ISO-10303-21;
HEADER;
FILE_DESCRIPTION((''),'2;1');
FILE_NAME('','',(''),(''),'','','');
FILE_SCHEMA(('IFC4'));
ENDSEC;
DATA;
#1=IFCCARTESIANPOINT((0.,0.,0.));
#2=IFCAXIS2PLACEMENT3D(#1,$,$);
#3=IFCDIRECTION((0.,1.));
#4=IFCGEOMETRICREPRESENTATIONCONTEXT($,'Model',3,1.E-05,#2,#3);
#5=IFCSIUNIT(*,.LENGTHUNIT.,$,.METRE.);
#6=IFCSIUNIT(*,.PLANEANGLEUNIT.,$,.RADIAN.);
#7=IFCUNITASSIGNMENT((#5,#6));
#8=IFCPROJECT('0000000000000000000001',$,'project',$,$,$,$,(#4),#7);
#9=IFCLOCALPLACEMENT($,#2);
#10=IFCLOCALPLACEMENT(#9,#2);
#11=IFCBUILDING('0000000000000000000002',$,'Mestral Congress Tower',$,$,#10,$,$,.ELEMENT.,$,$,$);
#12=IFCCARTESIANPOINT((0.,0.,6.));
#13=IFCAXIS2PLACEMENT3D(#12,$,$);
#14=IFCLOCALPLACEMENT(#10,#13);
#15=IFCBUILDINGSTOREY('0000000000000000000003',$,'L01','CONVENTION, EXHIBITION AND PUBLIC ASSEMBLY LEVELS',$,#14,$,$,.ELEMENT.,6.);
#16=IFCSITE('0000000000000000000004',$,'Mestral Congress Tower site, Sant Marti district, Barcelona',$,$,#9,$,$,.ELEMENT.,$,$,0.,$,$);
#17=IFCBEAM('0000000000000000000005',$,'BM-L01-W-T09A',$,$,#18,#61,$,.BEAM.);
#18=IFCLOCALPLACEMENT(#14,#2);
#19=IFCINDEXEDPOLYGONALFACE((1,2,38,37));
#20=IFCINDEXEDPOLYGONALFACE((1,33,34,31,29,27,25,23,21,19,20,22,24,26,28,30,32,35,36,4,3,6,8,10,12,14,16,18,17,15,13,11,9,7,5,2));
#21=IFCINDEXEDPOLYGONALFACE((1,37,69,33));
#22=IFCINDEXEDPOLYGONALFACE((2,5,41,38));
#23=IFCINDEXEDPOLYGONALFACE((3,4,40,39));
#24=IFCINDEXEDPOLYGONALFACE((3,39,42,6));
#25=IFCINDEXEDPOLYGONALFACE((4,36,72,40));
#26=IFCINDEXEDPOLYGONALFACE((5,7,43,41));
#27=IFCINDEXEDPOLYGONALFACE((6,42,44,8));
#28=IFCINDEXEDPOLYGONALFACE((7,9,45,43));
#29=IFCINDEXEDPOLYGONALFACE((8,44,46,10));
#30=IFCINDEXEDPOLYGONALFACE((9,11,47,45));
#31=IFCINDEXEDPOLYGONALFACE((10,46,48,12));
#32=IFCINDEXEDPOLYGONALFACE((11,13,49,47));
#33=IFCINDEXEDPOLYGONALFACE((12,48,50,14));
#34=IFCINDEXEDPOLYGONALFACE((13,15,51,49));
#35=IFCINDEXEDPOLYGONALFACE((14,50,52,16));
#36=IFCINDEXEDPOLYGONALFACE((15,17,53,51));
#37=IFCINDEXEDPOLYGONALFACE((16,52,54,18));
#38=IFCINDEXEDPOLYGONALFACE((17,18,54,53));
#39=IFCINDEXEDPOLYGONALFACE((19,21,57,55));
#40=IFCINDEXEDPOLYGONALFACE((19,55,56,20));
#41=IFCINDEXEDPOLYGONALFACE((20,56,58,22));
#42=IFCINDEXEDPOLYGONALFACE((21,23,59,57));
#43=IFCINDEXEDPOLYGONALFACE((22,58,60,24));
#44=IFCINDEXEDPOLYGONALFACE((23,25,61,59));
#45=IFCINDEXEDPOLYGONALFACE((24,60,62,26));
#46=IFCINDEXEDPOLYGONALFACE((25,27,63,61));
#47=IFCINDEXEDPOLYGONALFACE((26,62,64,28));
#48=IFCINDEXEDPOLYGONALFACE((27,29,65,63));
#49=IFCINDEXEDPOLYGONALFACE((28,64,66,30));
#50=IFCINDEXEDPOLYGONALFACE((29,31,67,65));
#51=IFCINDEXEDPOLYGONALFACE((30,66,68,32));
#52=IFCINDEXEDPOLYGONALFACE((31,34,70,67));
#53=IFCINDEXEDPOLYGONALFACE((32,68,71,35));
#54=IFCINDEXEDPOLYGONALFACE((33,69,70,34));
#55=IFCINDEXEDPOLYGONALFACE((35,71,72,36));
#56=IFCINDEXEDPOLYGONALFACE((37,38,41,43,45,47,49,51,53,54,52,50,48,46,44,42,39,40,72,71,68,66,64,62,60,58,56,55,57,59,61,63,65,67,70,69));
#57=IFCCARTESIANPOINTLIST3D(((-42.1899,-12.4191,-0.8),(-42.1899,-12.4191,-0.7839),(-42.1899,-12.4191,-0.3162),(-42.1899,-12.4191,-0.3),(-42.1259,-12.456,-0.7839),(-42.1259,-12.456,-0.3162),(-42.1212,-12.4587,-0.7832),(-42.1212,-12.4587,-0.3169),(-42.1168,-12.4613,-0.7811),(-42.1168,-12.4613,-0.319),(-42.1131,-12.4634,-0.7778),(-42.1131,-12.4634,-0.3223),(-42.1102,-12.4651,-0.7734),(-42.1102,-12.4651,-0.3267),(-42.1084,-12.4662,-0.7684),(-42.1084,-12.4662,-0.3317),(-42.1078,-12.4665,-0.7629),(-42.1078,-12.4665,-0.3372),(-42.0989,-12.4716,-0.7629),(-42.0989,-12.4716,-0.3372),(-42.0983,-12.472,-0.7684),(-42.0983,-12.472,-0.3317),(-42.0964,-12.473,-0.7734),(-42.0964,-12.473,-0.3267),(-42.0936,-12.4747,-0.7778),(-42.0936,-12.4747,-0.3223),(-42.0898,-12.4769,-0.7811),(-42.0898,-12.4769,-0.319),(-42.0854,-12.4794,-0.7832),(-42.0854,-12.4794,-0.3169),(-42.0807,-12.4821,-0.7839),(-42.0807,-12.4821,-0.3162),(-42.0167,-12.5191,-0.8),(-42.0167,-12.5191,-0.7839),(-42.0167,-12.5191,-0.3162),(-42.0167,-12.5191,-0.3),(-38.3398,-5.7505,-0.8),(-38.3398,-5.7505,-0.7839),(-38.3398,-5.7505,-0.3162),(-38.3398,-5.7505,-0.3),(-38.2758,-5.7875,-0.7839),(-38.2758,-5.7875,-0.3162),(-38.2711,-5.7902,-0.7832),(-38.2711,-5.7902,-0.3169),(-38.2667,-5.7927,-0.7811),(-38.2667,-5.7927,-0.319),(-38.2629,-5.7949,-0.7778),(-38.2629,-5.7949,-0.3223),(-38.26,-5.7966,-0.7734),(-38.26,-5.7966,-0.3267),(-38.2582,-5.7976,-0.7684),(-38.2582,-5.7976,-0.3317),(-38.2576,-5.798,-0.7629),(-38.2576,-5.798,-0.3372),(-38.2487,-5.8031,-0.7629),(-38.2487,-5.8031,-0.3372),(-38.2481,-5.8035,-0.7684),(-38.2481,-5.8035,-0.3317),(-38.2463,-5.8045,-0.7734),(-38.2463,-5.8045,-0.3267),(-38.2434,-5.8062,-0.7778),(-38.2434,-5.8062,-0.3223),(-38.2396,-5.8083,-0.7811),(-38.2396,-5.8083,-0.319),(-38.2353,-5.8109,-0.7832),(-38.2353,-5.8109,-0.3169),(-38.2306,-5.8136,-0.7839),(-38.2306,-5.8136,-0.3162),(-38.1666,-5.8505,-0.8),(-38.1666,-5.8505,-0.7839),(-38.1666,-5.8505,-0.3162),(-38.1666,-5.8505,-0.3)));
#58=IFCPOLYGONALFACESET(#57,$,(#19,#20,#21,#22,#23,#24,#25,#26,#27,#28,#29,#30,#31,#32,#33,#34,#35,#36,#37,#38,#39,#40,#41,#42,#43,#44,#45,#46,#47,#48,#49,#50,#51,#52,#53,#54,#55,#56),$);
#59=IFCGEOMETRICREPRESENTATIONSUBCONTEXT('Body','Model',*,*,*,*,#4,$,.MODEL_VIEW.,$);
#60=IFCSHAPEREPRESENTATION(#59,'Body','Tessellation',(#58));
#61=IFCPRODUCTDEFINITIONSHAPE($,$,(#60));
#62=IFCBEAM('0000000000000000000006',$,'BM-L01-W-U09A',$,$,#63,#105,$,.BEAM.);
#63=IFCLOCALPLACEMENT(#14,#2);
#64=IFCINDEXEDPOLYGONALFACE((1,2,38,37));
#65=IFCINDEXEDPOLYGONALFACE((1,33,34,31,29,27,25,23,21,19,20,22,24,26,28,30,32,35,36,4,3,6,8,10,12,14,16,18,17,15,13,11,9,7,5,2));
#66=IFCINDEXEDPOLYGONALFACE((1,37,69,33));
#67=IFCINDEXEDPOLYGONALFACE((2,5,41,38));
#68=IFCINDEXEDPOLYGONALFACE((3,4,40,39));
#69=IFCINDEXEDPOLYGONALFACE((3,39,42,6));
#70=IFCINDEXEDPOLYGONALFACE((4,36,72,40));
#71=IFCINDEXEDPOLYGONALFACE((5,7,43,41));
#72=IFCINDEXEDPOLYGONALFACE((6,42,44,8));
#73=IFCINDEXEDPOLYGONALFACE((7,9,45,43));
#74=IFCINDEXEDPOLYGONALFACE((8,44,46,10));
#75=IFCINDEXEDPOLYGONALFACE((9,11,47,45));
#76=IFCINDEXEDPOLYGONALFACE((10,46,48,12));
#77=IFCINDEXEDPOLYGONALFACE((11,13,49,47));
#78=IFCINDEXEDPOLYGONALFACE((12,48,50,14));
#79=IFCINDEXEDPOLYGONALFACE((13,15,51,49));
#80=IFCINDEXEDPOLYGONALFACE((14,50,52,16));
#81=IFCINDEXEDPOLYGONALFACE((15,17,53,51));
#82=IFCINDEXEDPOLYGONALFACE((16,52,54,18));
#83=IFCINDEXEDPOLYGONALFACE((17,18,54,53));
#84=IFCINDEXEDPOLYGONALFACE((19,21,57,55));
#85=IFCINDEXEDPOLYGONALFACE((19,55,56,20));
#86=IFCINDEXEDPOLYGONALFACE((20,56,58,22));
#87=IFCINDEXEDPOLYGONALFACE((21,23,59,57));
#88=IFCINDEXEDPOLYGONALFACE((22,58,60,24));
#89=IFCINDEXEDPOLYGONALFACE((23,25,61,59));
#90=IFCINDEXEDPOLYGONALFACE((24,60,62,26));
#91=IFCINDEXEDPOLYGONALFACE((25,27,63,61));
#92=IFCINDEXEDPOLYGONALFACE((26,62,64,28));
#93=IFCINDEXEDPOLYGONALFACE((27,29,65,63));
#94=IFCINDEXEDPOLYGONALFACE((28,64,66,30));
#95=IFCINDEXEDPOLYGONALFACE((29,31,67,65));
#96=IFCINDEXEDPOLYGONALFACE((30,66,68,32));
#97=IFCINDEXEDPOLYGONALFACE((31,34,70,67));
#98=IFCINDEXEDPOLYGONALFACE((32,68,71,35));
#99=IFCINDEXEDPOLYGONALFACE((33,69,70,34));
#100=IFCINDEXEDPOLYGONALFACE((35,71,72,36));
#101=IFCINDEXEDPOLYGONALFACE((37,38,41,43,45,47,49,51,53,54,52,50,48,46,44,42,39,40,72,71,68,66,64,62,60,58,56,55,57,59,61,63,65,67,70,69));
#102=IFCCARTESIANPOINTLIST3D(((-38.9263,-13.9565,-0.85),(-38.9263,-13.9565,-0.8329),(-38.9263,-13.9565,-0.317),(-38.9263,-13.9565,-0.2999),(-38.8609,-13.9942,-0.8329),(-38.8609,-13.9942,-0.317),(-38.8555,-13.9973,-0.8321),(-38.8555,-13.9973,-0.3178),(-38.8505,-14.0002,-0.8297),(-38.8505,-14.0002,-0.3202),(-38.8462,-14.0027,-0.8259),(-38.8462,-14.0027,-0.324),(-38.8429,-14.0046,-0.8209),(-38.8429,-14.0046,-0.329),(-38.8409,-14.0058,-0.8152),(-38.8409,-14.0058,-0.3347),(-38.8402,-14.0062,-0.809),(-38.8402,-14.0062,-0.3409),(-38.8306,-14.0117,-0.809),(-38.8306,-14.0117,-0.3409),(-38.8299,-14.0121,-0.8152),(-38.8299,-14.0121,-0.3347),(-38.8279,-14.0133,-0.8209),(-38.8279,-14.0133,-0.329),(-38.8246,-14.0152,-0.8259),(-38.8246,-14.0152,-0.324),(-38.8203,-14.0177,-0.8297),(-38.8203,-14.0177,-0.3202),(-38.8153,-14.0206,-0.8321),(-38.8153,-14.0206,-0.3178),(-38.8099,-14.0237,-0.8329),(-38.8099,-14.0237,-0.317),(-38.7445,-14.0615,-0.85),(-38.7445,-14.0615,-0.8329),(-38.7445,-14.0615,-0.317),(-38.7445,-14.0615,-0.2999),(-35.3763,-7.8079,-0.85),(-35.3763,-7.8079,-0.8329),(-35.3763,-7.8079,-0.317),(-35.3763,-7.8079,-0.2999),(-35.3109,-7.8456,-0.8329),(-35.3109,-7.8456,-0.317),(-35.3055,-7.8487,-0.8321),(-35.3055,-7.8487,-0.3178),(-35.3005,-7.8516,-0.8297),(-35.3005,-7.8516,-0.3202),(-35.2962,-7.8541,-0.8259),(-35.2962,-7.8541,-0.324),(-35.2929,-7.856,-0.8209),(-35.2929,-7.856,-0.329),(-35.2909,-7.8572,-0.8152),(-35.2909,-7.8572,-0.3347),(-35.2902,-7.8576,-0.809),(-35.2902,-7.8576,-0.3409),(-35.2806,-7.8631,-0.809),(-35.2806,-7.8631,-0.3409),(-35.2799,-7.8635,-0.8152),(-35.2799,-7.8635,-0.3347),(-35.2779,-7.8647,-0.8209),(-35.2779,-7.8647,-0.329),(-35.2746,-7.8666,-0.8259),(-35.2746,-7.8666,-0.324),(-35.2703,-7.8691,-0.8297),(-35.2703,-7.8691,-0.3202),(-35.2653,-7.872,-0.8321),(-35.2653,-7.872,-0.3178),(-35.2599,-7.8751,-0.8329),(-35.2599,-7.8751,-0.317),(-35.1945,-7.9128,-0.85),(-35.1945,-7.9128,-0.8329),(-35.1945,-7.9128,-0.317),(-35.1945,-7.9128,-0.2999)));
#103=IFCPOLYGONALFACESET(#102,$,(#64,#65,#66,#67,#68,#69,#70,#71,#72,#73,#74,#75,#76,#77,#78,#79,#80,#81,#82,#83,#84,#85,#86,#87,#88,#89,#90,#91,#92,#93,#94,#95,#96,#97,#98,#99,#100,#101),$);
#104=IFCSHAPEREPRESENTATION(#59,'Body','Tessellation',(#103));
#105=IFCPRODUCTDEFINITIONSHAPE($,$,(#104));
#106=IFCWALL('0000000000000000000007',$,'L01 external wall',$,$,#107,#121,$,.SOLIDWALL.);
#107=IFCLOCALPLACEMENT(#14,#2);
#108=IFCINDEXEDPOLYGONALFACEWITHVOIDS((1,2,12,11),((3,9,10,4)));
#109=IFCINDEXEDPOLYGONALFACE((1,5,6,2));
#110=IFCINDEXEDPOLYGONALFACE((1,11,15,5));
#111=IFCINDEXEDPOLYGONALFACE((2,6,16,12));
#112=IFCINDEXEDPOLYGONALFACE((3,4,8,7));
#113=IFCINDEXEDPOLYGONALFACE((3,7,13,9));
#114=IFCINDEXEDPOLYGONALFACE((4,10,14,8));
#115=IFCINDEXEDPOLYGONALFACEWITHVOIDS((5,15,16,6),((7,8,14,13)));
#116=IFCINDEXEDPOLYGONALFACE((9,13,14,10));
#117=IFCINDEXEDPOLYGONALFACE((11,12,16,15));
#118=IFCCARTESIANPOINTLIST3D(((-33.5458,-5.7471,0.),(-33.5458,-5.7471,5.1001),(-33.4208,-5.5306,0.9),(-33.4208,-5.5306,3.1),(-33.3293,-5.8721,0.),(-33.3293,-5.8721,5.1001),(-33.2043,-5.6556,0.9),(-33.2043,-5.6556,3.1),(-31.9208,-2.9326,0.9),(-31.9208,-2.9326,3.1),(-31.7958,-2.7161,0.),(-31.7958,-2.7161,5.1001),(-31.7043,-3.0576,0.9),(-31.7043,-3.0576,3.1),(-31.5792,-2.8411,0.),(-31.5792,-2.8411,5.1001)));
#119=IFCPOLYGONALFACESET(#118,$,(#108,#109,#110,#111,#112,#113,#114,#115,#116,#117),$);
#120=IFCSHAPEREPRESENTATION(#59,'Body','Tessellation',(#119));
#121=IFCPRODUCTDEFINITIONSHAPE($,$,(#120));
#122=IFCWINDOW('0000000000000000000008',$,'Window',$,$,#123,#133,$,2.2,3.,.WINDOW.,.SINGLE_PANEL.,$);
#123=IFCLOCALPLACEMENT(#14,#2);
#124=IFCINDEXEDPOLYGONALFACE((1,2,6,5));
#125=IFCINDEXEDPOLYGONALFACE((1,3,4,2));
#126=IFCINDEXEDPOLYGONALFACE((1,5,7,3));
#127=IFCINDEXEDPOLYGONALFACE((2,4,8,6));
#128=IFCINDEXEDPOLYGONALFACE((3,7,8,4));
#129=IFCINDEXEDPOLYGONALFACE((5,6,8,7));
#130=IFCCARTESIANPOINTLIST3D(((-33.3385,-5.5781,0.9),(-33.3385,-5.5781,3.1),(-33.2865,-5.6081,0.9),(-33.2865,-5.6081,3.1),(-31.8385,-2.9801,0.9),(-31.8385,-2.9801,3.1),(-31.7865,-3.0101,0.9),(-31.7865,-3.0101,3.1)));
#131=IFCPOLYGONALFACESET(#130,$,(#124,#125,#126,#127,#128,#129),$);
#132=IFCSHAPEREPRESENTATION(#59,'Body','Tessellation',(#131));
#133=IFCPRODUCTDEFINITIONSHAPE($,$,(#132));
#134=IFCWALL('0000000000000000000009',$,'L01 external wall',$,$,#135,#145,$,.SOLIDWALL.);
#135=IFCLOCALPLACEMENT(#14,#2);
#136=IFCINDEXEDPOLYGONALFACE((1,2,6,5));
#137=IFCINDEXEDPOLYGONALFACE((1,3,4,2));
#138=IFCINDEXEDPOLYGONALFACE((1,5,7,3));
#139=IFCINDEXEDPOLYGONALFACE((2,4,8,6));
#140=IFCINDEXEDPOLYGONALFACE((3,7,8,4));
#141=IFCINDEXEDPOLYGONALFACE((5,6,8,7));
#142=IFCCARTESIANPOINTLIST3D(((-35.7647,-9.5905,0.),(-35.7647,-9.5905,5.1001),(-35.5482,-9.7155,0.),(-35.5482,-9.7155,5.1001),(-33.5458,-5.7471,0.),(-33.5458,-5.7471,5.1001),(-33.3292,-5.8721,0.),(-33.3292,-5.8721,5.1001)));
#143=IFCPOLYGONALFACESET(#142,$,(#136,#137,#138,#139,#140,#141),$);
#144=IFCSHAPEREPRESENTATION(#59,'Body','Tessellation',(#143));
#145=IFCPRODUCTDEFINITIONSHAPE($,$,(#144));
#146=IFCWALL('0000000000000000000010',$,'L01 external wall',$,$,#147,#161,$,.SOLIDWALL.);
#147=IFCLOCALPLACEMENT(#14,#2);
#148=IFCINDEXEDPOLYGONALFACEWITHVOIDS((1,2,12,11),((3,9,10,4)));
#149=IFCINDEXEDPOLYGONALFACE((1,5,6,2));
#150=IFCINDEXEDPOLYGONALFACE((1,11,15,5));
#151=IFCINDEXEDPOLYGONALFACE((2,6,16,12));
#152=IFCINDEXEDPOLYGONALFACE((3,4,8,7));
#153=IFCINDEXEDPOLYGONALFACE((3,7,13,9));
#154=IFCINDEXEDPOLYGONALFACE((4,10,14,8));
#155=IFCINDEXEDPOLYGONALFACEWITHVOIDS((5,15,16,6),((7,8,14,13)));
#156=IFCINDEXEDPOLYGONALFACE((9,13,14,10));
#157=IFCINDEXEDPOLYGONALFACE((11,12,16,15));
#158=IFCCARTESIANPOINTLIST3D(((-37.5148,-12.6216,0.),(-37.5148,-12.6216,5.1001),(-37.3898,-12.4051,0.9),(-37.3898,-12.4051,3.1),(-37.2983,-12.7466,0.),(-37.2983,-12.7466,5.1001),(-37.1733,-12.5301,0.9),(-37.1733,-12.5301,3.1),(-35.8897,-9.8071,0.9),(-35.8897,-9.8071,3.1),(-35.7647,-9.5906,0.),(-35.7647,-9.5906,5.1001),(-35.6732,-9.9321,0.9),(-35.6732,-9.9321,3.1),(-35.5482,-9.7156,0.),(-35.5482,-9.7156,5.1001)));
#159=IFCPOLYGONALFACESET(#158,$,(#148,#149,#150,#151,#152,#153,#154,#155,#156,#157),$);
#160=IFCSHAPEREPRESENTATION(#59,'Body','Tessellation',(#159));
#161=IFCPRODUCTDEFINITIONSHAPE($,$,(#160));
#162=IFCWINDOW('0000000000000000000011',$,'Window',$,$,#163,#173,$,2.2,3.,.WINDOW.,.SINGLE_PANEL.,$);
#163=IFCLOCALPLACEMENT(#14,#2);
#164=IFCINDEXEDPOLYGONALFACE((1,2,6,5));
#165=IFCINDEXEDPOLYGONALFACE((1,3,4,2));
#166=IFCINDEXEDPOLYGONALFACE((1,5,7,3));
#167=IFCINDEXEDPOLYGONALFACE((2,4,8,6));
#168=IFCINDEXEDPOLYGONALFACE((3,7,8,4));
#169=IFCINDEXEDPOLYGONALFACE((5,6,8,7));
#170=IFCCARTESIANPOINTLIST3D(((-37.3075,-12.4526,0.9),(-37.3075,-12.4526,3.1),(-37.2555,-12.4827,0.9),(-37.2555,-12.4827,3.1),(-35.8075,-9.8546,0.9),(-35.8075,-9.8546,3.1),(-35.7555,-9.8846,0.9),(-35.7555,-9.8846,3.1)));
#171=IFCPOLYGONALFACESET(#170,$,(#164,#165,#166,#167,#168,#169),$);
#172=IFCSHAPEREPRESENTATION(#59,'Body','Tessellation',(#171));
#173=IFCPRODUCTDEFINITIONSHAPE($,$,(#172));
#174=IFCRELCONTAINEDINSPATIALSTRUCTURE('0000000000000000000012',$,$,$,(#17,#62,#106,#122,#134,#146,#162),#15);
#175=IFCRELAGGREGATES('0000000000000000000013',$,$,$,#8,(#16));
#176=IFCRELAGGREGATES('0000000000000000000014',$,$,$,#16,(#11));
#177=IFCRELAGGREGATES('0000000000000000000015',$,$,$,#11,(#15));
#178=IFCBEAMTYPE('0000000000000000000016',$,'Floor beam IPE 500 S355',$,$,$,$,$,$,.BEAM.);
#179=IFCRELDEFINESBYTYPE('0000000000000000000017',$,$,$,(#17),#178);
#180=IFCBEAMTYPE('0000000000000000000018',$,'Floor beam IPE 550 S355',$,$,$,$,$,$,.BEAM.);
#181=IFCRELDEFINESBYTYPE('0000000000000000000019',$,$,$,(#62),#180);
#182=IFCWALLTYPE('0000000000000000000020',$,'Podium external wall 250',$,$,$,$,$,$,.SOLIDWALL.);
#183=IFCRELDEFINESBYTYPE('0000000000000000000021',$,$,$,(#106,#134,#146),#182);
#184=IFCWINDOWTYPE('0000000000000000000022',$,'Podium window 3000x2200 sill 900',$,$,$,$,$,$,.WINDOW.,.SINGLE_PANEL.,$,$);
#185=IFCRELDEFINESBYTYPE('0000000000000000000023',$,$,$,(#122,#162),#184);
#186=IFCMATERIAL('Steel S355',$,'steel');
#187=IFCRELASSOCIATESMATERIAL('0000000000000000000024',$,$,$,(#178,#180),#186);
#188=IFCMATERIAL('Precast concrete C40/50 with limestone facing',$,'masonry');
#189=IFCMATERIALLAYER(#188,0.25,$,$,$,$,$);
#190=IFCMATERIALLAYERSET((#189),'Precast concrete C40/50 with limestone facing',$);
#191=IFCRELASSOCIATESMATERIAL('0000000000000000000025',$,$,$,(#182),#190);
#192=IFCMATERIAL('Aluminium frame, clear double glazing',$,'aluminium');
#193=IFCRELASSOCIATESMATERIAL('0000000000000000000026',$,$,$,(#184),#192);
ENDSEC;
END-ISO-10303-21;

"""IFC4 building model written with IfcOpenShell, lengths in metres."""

from ifc_helpers import new_model, si_unit, direction, frame, frame_2d, origin, origin_2d, place, context, subcontext, project, spatial, rectangle, i_section, extrude, material, layer, layer_set, material_profile, profile_set, type_object, element, fill, save


model = new_model("IFC4")

# Units and contexts
model_context = context("Model", 3, precision=1e-05, world=origin(), true_north=direction((0.0, 1.0)))
body_context = subcontext(model_context, "Body", "Model", "MODEL_VIEW")
ifc_project = project(units=[si_unit("LENGTHUNIT", "METRE"), si_unit("PLANEANGLEUNIT", "RADIAN")], contexts=[model_context])

# Site, building, storey
site_placement = place(None, origin())
site = spatial("IfcSite", under=ifc_project, at=site_placement, Name="Mestral Congress Tower site, Sant Marti district, Barcelona", CompositionType="ELEMENT", RefElevation=0.0)
building_placement = place(site_placement, origin())
building = spatial("IfcBuilding", under=site, at=building_placement, Name="Mestral Congress Tower", CompositionType="ELEMENT")
storey_placement = place(building_placement, frame((0.0, 0.0, 6.0)))
storey = spatial("IfcBuildingStorey", under=building, at=storey_placement, Name="L01", Description="CONVENTION, EXHIBITION AND PUBLIC ASSEMBLY LEVELS", CompositionType="ELEMENT", Elevation=6.0)

# Beams
ifc_material_1 = material(Name="Steel S355", Category="steel")
ifc_material_profile_1 = material_profile(ifc_material_1, i_section(OverallWidth=0.2, OverallDepth=0.5, WebThickness=0.0103, FlangeThickness=0.0161, FilletRadius=0.021, at=origin_2d()), Name="IPE 500")
ifc_profile_set_1 = profile_set([ifc_material_profile_1], Name="Steel S355")
beam_type_1 = type_object("IfcBeamType", Name="Floor beam IPE 500 S355", PredefinedType="BEAM", material=ifc_profile_set_1)
for number, where, z_axis, x_axis, name in (
    (1, (-38.2532, -5.8005, -0.55), (-0.500006, -0.866022, 0.0), (0.866022, -0.500006, 0.0), "BM-L01-W-T09A"),
):
    element("IfcBeam", number, at=place(storey_placement, frame(where, z_axis=z_axis, x_axis=x_axis)), inside=storey, type_object=beam_type_1, Name=name, PredefinedType="BEAM", context=body_context, shape_type="SweptSolid", body=[
        extrude(i_section(OverallWidth=0.2, OverallDepth=0.5, WebThickness=0.0103, FlangeThickness=0.0161, FilletRadius=0.021, at=origin_2d()), origin(), (0.0, 0.0, 1.0), 7.7002),
    ])
ifc_material_profile_2 = material_profile(ifc_material_1, i_section(OverallWidth=0.21, OverallDepth=0.55, WebThickness=0.011, FlangeThickness=0.0171, FilletRadius=0.0239, at=origin_2d()), Name="IPE 550")
ifc_profile_set_2 = profile_set([ifc_material_profile_2], Name="Steel S355")
beam_type_2 = type_object("IfcBeamType", Name="Floor beam IPE 550 S355", PredefinedType="BEAM", material=ifc_profile_set_2)
beam_placement = place(storey_placement, frame((-35.2854, -7.8604, -0.575), z_axis=(-0.500011, -0.866019, 0.0), x_axis=(0.866019, -0.500011, 0.0)))
element("IfcBeam", 2, at=beam_placement, inside=storey, type_object=beam_type_2, Name="BM-L01-W-U09A", PredefinedType="BEAM", context=body_context, shape_type="SweptSolid", body=[
    extrude(i_section(OverallWidth=0.21, OverallDepth=0.55, WebThickness=0.011, FlangeThickness=0.0171, FilletRadius=0.0239, at=origin_2d()), origin(), (0.0, 0.0, 1.0), 7.0999),
])

# Wall, opening, window
ifc_material_2 = material(Name="Precast concrete C40/50 with limestone facing", Category="masonry")
ifc_layer_1 = layer(ifc_material_2, 0.25)
ifc_layer_set_1 = layer_set([ifc_layer_1], Name="Precast concrete C40/50 with limestone facing")
wall_type_1 = type_object("IfcWallType", Name="Podium external wall 250", PredefinedType="SOLIDWALL", material=ifc_layer_set_1)
wall_1_placement = place(storey_placement, frame((-31.6875, -2.7786, 0.0), z_axis=(0.0, 0.0, 1.0), x_axis=(-0.50001, -0.866019, 0.0)))
wall_1 = element("IfcWall", 3, at=wall_1_placement, inside=storey, type_object=wall_type_1, Name="L01 external wall", PredefinedType="SOLIDWALL", context=body_context, shape_type="SweptSolid", body=[
    extrude(rectangle(XDim=3.5, YDim=0.25, at=frame_2d((1.75, 0.0))), origin(), (0.0, 0.0, 1.0), 5.1001),
])
opening_1_placement = place(wall_1_placement, frame((0.25, 0.0, 0.8999)))
opening_1 = element("IfcOpeningElement", 4, at=opening_1_placement, cuts=wall_1, PredefinedType="OPENING", context=body_context, shape_type="SweptSolid", body=[
    extrude(rectangle(XDim=3.0, YDim=2.2, at=frame_2d((1.5, 1.1001))), frame((0.0, 0.135, 0.0), z_axis=(0.0, -1.0, 0.0), x_axis=(1.0, 0.0, 0.0)), (0.0, 0.0, 1.0), 0.27),
])
ifc_material_3 = material(Name="Aluminium frame, clear double glazing", Category="aluminium")
window_type = type_object("IfcWindowType", Name="Podium window 3000x2200 sill 900", PartitioningType="SINGLE_PANEL", PredefinedType="WINDOW", material=ifc_material_3)
window_1_placement = place(opening_1_placement, origin())
window_1 = element("IfcWindow", 5, at=window_1_placement, inside=storey, type_object=window_type, Name="Window", OverallHeight=2.2, OverallWidth=3.0, PartitioningType="SINGLE_PANEL", PredefinedType="WINDOW", context=body_context, shape_type="SweptSolid", body=[
    extrude(rectangle(XDim=3.0, YDim=2.2, at=frame_2d((1.5, 1.1001))), frame((0.0, 0.03, 0.0), z_axis=(0.0, -1.0, 0.0), x_axis=(1.0, 0.0, 0.0)), (0.0, 0.0, 1.0), 0.0601),
])
fill(opening_1, window_1)

# Wall
wall_2_placement = place(storey_placement, frame((-33.4375, -5.8096, 0.0), z_axis=(0.0, 0.0, 1.0), x_axis=(-0.499991, -0.866031, 0.0)))
element("IfcWall", 6, at=wall_2_placement, inside=storey, type_object=wall_type_1, Name="L01 external wall", PredefinedType="SOLIDWALL", context=body_context, shape_type="SweptSolid", body=[
    extrude(rectangle(XDim=4.438, YDim=0.25, at=frame_2d((2.219, 0.0))), origin(), (0.0, 0.0, 1.0), 5.1001),
])

# Wall, opening, window
wall_3_placement = place(storey_placement, frame((-35.6565, -9.6531, 0.0), z_axis=(0.0, 0.0, 1.0), x_axis=(-0.50001, -0.866019, 0.0)))
wall_3 = element("IfcWall", 7, at=wall_3_placement, inside=storey, type_object=wall_type_1, Name="L01 external wall", PredefinedType="SOLIDWALL", context=body_context, shape_type="SweptSolid", body=[
    extrude(rectangle(XDim=3.5, YDim=0.25, at=frame_2d((1.75, 0.0))), origin(), (0.0, 0.0, 1.0), 5.1001),
])
opening_2_placement = place(wall_3_placement, frame((0.25, 0.0, 0.8999)))
opening_2 = element("IfcOpeningElement", 8, at=opening_2_placement, cuts=wall_3, PredefinedType="OPENING", context=body_context, shape_type="SweptSolid", body=[
    extrude(rectangle(XDim=3.0, YDim=2.2, at=frame_2d((1.5, 1.1001))), frame((0.0, 0.135, 0.0), z_axis=(0.0, -1.0, 0.0), x_axis=(1.0, 0.0, 0.0)), (0.0, 0.0, 1.0), 0.27),
])
window_2_placement = place(opening_2_placement, origin())
window_2 = element("IfcWindow", 9, at=window_2_placement, inside=storey, type_object=window_type, Name="Window", OverallHeight=2.2, OverallWidth=3.0, PartitioningType="SINGLE_PANEL", PredefinedType="WINDOW", context=body_context, shape_type="SweptSolid", body=[
    extrude(rectangle(XDim=3.0, YDim=2.2, at=frame_2d((1.5, 1.1001))), frame((0.0, 0.03, 0.0), z_axis=(0.0, -1.0, 0.0), x_axis=(1.0, 0.0, 0.0)), (0.0, 0.0, 1.0), 0.0601),
])
fill(opening_2, window_2)

save(model, "model.ifc")
